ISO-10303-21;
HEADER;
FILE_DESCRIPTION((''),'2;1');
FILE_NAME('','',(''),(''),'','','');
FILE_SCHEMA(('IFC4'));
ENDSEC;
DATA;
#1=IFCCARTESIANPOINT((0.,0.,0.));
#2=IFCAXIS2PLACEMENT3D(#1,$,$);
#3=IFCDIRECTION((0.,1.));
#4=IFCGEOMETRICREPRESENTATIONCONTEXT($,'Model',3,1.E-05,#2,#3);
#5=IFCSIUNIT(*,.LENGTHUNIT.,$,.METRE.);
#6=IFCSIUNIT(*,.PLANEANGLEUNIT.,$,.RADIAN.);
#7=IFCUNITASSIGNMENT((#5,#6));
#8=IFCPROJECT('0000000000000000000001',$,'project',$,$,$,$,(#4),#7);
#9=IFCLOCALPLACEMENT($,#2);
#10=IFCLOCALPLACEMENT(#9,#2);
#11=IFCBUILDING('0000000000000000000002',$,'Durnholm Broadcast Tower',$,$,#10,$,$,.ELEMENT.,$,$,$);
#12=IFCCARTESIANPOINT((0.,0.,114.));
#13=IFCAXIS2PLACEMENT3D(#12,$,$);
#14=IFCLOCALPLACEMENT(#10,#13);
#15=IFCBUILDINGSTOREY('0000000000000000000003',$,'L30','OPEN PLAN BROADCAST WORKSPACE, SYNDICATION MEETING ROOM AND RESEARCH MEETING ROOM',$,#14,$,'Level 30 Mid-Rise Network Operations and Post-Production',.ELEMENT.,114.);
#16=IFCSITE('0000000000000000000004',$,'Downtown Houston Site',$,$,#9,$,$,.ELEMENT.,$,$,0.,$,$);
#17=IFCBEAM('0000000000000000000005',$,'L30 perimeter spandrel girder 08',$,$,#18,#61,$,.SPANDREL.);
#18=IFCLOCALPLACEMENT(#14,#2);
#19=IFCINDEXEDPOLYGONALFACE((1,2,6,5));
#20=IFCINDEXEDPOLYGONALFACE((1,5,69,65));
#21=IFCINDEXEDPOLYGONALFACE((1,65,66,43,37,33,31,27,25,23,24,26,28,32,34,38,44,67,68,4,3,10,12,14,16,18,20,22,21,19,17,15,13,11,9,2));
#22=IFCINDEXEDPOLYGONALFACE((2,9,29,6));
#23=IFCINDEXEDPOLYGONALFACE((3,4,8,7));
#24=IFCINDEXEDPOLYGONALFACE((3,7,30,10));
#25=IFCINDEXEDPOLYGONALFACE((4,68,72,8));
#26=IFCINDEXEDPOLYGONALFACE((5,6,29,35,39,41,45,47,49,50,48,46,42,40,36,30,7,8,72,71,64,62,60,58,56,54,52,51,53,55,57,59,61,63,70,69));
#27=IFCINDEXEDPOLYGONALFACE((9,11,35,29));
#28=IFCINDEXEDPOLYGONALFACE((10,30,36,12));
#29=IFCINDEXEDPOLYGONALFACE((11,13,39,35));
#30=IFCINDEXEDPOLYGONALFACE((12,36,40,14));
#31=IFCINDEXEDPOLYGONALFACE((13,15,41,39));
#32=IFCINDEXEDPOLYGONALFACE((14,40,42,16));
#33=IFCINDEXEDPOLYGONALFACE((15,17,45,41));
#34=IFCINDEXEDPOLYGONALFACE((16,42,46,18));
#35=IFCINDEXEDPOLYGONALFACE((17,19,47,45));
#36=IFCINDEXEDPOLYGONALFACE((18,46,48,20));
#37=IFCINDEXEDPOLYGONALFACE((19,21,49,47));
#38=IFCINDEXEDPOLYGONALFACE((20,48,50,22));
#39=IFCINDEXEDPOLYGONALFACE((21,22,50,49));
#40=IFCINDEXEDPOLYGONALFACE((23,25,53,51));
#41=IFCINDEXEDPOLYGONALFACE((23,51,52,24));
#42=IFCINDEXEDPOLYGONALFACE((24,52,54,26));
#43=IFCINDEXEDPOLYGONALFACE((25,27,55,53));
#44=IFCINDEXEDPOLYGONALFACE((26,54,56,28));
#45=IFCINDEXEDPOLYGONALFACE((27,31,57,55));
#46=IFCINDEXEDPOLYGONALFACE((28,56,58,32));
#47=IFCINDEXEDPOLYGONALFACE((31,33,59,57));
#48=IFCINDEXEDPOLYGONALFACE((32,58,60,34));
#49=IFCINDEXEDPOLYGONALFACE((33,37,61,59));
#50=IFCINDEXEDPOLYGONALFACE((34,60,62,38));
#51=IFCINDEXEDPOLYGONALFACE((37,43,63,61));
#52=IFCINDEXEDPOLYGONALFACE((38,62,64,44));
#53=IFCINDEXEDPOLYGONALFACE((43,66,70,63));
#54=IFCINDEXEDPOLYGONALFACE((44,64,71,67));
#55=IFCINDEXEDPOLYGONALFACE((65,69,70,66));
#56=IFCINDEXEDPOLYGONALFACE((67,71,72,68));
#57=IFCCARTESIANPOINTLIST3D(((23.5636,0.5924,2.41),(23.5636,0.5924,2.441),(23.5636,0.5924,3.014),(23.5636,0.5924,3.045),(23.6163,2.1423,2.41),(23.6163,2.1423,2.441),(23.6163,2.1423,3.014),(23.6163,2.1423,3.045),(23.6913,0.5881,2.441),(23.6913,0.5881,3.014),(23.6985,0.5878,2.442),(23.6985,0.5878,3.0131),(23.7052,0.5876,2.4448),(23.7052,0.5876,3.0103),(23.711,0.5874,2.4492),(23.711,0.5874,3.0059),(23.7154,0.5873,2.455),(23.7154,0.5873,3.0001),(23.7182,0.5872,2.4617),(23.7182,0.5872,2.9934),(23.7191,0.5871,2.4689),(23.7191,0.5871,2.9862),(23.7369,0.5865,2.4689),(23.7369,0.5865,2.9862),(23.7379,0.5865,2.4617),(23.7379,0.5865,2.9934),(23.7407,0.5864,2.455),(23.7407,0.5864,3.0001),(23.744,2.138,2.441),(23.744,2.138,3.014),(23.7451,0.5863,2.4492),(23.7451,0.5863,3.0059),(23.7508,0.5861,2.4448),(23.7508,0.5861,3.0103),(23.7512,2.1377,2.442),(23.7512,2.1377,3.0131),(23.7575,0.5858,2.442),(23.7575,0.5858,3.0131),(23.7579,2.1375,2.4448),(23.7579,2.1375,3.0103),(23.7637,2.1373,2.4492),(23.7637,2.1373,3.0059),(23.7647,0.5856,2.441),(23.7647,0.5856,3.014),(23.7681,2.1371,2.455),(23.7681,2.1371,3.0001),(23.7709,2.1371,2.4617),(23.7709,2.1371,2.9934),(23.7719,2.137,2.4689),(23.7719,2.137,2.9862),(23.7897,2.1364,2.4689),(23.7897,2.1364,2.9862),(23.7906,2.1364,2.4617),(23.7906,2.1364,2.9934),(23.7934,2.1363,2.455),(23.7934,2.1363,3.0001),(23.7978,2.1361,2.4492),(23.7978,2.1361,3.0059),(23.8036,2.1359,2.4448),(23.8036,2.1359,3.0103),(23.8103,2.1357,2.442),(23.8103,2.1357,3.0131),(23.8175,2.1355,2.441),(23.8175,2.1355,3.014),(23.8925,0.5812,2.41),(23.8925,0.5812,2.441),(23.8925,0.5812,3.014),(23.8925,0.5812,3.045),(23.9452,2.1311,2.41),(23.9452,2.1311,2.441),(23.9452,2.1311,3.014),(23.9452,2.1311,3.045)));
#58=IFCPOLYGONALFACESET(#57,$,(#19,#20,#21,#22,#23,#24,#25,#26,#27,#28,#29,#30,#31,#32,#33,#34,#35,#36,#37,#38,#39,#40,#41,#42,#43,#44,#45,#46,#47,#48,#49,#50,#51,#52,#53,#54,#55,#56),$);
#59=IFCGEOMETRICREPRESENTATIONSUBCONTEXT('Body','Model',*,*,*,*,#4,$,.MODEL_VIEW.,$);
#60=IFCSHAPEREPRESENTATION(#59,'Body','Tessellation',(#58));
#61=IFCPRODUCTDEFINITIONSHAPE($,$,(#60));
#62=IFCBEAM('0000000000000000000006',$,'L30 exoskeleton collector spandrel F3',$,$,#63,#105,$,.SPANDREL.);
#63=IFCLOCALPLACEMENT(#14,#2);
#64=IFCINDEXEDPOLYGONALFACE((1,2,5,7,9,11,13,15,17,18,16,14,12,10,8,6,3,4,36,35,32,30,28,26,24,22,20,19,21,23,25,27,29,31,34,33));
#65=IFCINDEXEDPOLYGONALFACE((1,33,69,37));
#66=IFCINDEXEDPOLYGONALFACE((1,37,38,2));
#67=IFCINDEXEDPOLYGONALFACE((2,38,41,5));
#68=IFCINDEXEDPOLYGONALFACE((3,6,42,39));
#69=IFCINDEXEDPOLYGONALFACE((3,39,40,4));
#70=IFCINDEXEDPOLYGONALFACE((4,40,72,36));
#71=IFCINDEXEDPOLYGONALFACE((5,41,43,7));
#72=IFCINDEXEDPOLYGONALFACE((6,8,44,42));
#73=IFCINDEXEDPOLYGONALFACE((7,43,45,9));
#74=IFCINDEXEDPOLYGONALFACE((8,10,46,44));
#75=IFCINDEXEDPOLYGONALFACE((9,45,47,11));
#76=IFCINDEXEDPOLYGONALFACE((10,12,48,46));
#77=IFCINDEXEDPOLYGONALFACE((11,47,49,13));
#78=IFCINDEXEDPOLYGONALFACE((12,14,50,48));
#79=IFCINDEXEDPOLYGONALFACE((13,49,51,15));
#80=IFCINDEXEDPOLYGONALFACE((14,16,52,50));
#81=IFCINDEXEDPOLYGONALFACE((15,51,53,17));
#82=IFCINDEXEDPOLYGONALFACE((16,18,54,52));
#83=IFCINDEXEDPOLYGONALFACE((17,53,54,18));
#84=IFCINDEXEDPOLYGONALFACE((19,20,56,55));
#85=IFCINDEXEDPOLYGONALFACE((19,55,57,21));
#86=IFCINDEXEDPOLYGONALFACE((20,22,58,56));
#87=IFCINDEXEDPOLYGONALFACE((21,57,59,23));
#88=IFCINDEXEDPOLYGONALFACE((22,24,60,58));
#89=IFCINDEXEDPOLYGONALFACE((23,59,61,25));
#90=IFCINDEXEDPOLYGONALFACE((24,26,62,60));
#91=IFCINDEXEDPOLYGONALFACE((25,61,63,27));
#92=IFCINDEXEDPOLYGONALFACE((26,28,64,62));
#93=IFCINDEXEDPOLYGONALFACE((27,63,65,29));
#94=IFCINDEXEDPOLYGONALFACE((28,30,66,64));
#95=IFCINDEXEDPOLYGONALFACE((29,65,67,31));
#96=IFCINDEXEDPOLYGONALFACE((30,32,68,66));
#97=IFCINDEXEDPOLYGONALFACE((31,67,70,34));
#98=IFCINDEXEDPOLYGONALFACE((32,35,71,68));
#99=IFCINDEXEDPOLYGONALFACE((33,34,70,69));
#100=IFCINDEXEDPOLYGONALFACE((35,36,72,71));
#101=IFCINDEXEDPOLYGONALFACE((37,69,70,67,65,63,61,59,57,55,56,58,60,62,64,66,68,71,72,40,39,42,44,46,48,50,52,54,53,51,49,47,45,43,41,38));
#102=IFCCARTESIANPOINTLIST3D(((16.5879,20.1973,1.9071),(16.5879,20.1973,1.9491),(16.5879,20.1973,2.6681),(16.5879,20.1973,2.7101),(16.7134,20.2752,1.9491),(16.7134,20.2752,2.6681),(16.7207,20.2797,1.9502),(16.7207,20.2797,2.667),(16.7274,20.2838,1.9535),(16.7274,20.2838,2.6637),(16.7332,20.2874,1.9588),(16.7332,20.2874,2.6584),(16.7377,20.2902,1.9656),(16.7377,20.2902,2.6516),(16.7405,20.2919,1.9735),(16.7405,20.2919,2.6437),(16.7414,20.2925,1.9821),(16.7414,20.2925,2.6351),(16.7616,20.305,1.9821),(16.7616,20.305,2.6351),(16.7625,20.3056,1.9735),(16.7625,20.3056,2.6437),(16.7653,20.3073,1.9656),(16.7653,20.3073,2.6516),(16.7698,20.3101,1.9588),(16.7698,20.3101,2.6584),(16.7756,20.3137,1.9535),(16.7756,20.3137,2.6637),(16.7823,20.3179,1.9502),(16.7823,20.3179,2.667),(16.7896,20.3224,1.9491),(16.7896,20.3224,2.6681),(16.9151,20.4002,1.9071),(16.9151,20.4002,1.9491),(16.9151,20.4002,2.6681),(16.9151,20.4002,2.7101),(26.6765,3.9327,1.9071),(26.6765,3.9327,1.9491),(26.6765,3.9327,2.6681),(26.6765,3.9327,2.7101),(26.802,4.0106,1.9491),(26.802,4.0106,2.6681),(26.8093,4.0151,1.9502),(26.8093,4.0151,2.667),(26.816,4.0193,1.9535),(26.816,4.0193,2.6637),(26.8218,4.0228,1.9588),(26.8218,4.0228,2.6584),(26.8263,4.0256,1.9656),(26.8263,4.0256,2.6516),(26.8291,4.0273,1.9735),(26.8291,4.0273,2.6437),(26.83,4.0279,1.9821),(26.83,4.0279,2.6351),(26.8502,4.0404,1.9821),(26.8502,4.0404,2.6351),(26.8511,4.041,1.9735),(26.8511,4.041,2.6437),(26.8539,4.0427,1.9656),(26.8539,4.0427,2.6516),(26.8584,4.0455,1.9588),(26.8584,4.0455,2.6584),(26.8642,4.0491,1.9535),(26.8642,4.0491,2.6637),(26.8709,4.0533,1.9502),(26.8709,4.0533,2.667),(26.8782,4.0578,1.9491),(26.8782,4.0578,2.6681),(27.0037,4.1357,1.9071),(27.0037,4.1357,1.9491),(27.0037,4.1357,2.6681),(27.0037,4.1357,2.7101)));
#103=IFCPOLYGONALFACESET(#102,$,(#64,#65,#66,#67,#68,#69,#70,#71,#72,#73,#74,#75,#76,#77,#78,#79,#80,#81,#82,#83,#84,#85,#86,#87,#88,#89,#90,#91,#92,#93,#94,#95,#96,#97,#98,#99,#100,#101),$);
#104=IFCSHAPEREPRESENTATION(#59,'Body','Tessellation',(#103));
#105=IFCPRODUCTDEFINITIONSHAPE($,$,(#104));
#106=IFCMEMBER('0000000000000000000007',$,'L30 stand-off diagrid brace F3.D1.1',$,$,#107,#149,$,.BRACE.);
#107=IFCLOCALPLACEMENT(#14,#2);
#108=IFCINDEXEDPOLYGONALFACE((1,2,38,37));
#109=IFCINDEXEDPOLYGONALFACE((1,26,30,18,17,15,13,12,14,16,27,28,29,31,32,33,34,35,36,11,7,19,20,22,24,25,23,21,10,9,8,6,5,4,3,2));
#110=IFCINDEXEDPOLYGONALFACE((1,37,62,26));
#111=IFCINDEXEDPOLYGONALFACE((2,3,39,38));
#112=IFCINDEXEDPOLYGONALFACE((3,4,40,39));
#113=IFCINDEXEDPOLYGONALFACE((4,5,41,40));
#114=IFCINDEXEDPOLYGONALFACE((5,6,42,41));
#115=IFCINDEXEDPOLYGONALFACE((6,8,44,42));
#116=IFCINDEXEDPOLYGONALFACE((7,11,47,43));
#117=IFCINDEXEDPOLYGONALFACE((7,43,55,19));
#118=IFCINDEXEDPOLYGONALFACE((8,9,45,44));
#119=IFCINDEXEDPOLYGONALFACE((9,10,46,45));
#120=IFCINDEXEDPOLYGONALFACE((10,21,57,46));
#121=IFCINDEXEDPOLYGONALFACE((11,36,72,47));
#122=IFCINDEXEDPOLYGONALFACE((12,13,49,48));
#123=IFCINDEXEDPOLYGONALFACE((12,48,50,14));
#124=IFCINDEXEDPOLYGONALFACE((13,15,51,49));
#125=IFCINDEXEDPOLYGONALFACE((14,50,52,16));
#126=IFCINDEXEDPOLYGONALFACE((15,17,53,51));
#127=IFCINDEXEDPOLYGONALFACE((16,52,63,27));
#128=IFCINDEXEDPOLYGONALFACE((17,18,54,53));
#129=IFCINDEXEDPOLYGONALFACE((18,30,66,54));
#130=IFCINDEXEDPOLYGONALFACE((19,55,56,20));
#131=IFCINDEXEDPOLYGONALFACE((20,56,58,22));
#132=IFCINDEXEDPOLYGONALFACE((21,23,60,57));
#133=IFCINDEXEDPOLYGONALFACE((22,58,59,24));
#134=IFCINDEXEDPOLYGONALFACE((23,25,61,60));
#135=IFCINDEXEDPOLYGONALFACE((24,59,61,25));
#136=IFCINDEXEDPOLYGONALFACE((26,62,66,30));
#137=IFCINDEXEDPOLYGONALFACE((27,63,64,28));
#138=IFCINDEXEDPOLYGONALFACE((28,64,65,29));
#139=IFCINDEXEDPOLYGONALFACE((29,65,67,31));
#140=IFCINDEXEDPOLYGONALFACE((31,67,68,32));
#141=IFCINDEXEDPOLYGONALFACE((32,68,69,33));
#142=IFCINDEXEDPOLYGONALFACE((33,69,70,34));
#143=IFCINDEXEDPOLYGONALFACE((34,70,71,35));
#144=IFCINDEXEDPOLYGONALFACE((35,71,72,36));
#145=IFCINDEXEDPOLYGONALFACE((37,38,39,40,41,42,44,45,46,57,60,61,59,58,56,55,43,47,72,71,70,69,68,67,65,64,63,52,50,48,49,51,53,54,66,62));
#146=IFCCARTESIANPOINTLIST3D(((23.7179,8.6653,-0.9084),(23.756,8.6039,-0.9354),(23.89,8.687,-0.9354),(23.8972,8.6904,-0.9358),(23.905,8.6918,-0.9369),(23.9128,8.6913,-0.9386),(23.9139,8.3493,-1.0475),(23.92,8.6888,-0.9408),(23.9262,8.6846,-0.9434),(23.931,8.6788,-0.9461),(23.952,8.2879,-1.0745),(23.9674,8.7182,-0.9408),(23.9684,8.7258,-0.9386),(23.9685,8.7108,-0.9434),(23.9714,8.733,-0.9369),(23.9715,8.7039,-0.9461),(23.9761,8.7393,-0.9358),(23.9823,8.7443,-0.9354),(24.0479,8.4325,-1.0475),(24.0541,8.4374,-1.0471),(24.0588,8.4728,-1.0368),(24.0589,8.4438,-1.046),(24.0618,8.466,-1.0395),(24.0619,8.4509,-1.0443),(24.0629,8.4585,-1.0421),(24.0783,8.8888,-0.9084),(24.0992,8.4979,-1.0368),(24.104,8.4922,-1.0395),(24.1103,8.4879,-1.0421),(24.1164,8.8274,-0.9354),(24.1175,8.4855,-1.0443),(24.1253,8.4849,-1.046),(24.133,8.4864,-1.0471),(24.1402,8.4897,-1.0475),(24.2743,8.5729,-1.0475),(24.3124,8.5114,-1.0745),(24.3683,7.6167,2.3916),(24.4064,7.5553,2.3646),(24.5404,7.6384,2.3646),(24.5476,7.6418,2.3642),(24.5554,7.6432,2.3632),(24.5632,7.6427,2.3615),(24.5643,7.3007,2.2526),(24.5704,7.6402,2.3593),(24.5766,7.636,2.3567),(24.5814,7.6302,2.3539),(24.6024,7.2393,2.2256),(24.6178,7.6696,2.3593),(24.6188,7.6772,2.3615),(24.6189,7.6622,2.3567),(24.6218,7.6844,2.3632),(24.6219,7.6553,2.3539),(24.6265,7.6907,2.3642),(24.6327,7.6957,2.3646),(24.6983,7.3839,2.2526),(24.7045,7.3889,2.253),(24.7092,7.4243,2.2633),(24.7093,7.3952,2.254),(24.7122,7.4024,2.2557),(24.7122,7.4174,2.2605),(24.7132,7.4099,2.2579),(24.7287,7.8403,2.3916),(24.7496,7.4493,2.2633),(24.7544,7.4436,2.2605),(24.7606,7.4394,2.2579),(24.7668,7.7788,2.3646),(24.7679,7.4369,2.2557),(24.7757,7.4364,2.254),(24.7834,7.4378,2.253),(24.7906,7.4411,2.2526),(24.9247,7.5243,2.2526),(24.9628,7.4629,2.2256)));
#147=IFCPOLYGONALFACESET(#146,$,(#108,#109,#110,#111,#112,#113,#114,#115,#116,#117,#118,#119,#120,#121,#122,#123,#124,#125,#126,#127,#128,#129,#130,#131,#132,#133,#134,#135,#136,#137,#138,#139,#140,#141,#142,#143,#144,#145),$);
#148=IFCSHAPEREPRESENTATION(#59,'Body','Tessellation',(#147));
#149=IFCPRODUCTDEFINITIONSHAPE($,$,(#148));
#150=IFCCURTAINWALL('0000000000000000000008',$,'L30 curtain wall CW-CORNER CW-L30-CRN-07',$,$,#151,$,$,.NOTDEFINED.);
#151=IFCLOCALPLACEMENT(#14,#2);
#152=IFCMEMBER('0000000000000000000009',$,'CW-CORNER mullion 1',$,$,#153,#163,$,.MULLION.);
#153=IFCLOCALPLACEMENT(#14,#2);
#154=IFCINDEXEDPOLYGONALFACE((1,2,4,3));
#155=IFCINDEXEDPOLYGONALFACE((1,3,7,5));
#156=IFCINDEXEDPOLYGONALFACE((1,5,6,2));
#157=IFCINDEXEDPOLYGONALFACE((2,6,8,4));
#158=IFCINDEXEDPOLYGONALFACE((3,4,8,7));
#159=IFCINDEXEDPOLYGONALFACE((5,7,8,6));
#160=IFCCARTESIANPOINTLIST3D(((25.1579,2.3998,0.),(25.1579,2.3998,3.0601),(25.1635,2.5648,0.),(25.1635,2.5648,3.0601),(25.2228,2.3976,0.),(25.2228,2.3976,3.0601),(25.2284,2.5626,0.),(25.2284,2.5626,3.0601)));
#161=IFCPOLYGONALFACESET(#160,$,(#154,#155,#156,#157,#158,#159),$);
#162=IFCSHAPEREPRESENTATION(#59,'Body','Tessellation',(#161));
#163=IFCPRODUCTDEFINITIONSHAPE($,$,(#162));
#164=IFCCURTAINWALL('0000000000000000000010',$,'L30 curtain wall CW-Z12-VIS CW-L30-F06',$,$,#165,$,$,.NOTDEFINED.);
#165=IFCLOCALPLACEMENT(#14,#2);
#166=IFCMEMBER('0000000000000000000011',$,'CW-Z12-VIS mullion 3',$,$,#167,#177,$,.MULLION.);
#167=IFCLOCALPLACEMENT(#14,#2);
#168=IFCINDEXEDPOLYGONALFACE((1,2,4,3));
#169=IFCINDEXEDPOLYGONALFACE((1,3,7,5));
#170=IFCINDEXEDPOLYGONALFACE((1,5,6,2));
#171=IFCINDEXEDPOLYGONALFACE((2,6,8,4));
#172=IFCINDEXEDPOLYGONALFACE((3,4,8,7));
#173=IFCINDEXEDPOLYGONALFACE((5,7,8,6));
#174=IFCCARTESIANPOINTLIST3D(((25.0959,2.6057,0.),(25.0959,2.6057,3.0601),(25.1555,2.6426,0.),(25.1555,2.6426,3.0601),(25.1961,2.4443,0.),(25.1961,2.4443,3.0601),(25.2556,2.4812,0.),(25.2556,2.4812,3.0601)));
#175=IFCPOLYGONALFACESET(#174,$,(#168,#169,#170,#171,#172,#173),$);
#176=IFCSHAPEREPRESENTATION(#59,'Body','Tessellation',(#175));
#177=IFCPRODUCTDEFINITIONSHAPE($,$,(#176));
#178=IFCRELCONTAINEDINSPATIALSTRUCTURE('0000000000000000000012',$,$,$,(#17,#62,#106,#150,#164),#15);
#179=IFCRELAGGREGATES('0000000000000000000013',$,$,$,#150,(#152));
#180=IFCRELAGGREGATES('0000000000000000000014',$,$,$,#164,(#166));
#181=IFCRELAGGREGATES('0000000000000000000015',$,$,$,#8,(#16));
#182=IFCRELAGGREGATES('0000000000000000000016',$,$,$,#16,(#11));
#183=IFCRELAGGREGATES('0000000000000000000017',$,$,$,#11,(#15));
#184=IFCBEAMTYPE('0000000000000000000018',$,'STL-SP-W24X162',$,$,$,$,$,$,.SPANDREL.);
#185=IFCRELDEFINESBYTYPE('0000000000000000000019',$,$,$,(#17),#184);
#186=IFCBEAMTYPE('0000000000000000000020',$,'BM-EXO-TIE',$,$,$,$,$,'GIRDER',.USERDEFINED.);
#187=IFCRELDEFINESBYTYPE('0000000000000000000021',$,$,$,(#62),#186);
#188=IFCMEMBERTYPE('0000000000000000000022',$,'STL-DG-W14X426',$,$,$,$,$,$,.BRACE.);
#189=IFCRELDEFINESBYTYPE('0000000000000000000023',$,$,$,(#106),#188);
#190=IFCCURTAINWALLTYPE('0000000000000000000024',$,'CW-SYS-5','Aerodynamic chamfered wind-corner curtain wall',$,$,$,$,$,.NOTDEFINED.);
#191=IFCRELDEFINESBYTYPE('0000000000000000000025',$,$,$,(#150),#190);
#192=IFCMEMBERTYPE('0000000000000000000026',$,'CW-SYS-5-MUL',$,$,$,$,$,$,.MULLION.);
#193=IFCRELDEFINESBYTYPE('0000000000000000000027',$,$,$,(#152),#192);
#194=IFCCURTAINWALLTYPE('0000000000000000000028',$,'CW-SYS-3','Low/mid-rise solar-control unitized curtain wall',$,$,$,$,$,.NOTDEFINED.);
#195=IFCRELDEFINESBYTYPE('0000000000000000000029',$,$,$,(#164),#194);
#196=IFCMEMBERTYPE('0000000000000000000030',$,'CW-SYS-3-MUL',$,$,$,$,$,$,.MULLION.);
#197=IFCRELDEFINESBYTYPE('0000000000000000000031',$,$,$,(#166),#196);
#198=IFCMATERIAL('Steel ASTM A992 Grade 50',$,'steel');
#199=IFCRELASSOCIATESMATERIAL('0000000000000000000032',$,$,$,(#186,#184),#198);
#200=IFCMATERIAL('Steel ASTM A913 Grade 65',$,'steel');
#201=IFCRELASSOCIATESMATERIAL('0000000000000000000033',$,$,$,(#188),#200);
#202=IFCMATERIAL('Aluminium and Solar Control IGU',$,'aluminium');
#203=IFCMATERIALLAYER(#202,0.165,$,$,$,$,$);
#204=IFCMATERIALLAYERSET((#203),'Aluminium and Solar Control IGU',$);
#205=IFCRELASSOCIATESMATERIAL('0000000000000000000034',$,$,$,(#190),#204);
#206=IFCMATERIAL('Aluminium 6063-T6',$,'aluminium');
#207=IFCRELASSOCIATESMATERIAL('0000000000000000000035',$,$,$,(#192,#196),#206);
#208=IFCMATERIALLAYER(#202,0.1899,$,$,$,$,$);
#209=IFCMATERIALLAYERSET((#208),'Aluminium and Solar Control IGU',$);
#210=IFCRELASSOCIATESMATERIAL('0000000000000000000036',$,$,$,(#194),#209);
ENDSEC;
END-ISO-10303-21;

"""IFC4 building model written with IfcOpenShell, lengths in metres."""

from ifc_helpers import new_model, si_unit, direction, frame, origin, origin_2d, place, context, subcontext, project, spatial, rectangle, i_section, extrude, source, transform, mapped, material, layer, layer_set, material_profile, profile_set, type_object, type_shapes, element, aggregate, save


model = new_model("IFC4")

# Units and contexts
model_context = context("Model", 3, precision=1e-05, world=origin(), true_north=direction((0.0, 1.0)))
body_context = subcontext(model_context, "Body", "Model", "MODEL_VIEW")
ifc_project = project(units=[si_unit("LENGTHUNIT", "METRE"), si_unit("PLANEANGLEUNIT", "RADIAN")], contexts=[model_context])

# Site, building, storey
site_placement = place(None, origin())
site = spatial("IfcSite", under=ifc_project, at=site_placement, Name="Downtown Houston Site", CompositionType="ELEMENT", RefElevation=0.0)
building_placement = place(site_placement, origin())
building = spatial("IfcBuilding", under=site, at=building_placement, Name="Durnholm Broadcast Tower", CompositionType="ELEMENT")
storey_placement = place(building_placement, frame((0.0, 0.0, 114.0)))
storey = spatial("IfcBuildingStorey", under=building, at=storey_placement, Name="L30", Description="OPEN PLAN BROADCAST WORKSPACE, SYNDICATION MEETING ROOM AND RESEARCH MEETING ROOM", LongName="Level 30 Mid-Rise Network Operations and Post-Production", CompositionType="ELEMENT", Elevation=114.0)

# Beams
ifc_material_1 = material(Name="Steel ASTM A992 Grade 50", Category="steel")
ifc_material_profile_1 = material_profile(ifc_material_1, i_section(OverallWidth=0.385, OverallDepth=0.803, WebThickness=0.0237, FlangeThickness=0.042, FilletRadius=0.033, at=origin_2d()), Name="W30X261")
ifc_profile_set_1 = profile_set([ifc_material_profile_1], Name="Steel ASTM A992 Grade 50")
beam_type_1 = type_object("IfcBeamType", Name="BM-EXO-TIE", ElementType="GIRDER", PredefinedType="USERDEFINED", material=ifc_profile_set_1)
ifc_material_profile_2 = material_profile(ifc_material_1, i_section(OverallWidth=0.3291, OverallDepth=0.635, WebThickness=0.0178, FlangeThickness=0.031, FilletRadius=0.0278, at=origin_2d()), Name="W24X162")
ifc_profile_set_2 = profile_set([ifc_material_profile_2], Name="Steel ASTM A992 Grade 50")
beam_type_2 = type_object("IfcBeamType", Name="STL-SP-W24X162", PredefinedType="SPANDREL", material=ifc_profile_set_2)
shared_shape_1 = source(origin(), body_context, "Body", "SweptSolid", [
    extrude(i_section(OverallWidth=0.3291, OverallDepth=0.635, WebThickness=0.0178, FlangeThickness=0.031, FilletRadius=0.0278, at=origin_2d()), origin(), (0.0, 0.0, 1.0), 1.5508),
])
beam_1_placement = place(storey_placement, frame((23.7808, 2.1367, 2.7275), z_axis=(-0.034007, -0.999422, 0.0), x_axis=(0.999422, -0.034007, 0.0)))
element("IfcBeam", 1, at=beam_1_placement, inside=storey, type_object=beam_type_2, Name="L30 perimeter spandrel girder 08", PredefinedType="SPANDREL", context=body_context, shape_type="MappedRepresentation", body=[
    mapped(shared_shape_1, transform((0.0, 0.0, 0.0), x_axis=(1.0, 0.0, 0.0), y_axis=(0.0, 1.0, 0.0), z_axis=(0.0, 0.0, 1.0), scale=1.0)),
])
shared_shape_2 = source(origin(), body_context, "Body", "SweptSolid", [
    extrude(i_section(OverallWidth=0.385, OverallDepth=0.803, WebThickness=0.0237, FlangeThickness=0.042, FilletRadius=0.033, at=origin_2d()), origin(), (0.0, 0.0, 1.0), 19.1394),
])
beam_2_placement = place(storey_placement, frame((26.8401, 4.0342, 2.3086), z_axis=(-0.527111, 0.849796, 0.0), x_axis=(-0.849796, -0.527111, 0.0)))
element("IfcBeam", 2, at=beam_2_placement, inside=storey, type_object=beam_type_1, Name="L30 exoskeleton collector spandrel F3", PredefinedType="SPANDREL", context=body_context, shape_type="MappedRepresentation", body=[
    mapped(shared_shape_2, transform((0.0, 0.0, 0.0), x_axis=(1.0, 0.0, 0.0), y_axis=(0.0, 1.0, 0.0), z_axis=(0.0, 0.0, 1.0), scale=1.0)),
])

# Member
ifc_material_2 = material(Name="Steel ASTM A913 Grade 65", Category="steel")
ifc_material_profile_3 = material_profile(ifc_material_2, i_section(OverallWidth=0.4241, OverallDepth=0.4741, WebThickness=0.0476, FlangeThickness=0.0771, FilletRadius=0.0305, at=origin_2d()), Name="W14X426")
ifc_profile_set_3 = profile_set([ifc_material_profile_3], Name="Steel ASTM A913 Grade 65")
member_type_1 = type_object("IfcMemberType", Name="STL-DG-W14X426", PredefinedType="BRACE", material=ifc_profile_set_3)
shared_shape_3 = source(origin(), body_context, "Body", "SweptSolid", [
    extrude(i_section(OverallWidth=0.4241, OverallDepth=0.4741, WebThickness=0.0476, FlangeThickness=0.0771, FilletRadius=0.0305, at=origin_2d()), origin(), (0.0, 0.0, 1.0), 3.5232),
])
type_shapes(member_type_1, [shared_shape_3])
member_1_placement = place(storey_placement, frame((24.0151, 8.5884, -0.9915), z_axis=(0.184603, -0.297624, 0.936665), x_axis=(0.849805, 0.527097, 0.0)))
element("IfcMember", 3, at=member_1_placement, inside=storey, type_object=member_type_1, Name="L30 stand-off diagrid brace F3.D1.1", PredefinedType="BRACE", context=body_context, shape_type="MappedRepresentation", body=[
    mapped(shared_shape_3, transform((0.0, 0.0, 0.0), x_axis=(1.0, 0.0, 0.0), y_axis=(0.0, 1.0, 0.0), z_axis=(0.0, 0.0, 1.0), scale=1.0)),
])

# Curtain walls, members
ifc_material_3 = material(Name="Aluminium and Solar Control IGU", Category="aluminium")
ifc_layer_1 = layer(ifc_material_3, 0.165)
ifc_layer_set_1 = layer_set([ifc_layer_1], Name="Aluminium and Solar Control IGU")
curtain_wall_type_1 = type_object("IfcCurtainWallType", Name="CW-SYS-5", Description="Aerodynamic chamfered wind-corner curtain wall", PredefinedType="NOTDEFINED", material=ifc_layer_set_1)
curtain_wall_1_placement = place(storey_placement, origin())
curtain_wall_1 = element("IfcCurtainWall", 4, at=curtain_wall_1_placement, inside=storey, type_object=curtain_wall_type_1, Name="L30 curtain wall CW-CORNER CW-L30-CRN-07", PredefinedType="NOTDEFINED")
ifc_material_4 = material(Name="Aluminium 6063-T6", Category="aluminium")
ifc_material_profile_4 = material_profile(ifc_material_4, rectangle(XDim=0.0649, YDim=0.165, at=origin_2d()), Name="CWM65X165")
ifc_profile_set_4 = profile_set([ifc_material_profile_4], Name="Aluminium 6063-T6")
member_type_2 = type_object("IfcMemberType", Name="CW-SYS-5-MUL", PredefinedType="MULLION", material=ifc_profile_set_4)
shared_shape_4 = source(origin(), body_context, "Body", "SweptSolid", [
    extrude(rectangle(XDim=0.0649, YDim=0.165, at=origin_2d()), origin(), (0.0, 0.0, 1.0), 3.0601),
])
type_shapes(member_type_2, [shared_shape_4])
member_2_placement = place(storey_placement, frame((25.1931, 2.4812, 0.0), z_axis=(0.0, 0.0, 1.0), x_axis=(0.999425, -0.033917, 0.0)))
member_2 = element("IfcMember", 5, at=member_2_placement, type_object=member_type_2, Name="CW-CORNER mullion 1", PredefinedType="MULLION", context=body_context, shape_type="MappedRepresentation", body=[
    mapped(shared_shape_4, transform((0.0, 0.0, 0.0), x_axis=(1.0, 0.0, 0.0), y_axis=(0.0, 1.0, 0.0), z_axis=(0.0, 0.0, 1.0), scale=1.0)),
])
ifc_layer_2 = layer(ifc_material_3, 0.1899)
ifc_layer_set_2 = layer_set([ifc_layer_2], Name="Aluminium and Solar Control IGU")
curtain_wall_type_2 = type_object("IfcCurtainWallType", Name="CW-SYS-3", Description="Low/mid-rise solar-control unitized curtain wall", PredefinedType="NOTDEFINED", material=ifc_layer_set_2)
curtain_wall_2_placement = place(storey_placement, origin())
curtain_wall_2 = element("IfcCurtainWall", 6, at=curtain_wall_2_placement, inside=storey, type_object=curtain_wall_type_2, Name="L30 curtain wall CW-Z12-VIS CW-L30-F06", PredefinedType="NOTDEFINED")
ifc_material_profile_5 = material_profile(ifc_material_4, rectangle(XDim=0.0701, YDim=0.1899, at=origin_2d()), Name="CWM70X190")
ifc_profile_set_5 = profile_set([ifc_material_profile_5], Name="Aluminium 6063-T6")
member_type_3 = type_object("IfcMemberType", Name="CW-SYS-3-MUL", PredefinedType="MULLION", material=ifc_profile_set_5)
shared_shape_5 = source(origin(), body_context, "Body", "SweptSolid", [
    extrude(rectangle(XDim=0.0701, YDim=0.1899, at=origin_2d()), origin(), (0.0, 0.0, 1.0), 3.0601),
])
type_shapes(member_type_3, [shared_shape_5])
member_3_placement = place(storey_placement, frame((25.1758, 2.5435, 0.0), z_axis=(0.0, 0.0, 1.0), x_axis=(0.8498, 0.527105, 0.0)))
member_3 = element("IfcMember", 7, at=member_3_placement, type_object=member_type_3, Name="CW-Z12-VIS mullion 3", PredefinedType="MULLION", context=body_context, shape_type="MappedRepresentation", body=[
    mapped(shared_shape_5, transform((0.0, 0.0, 0.0), x_axis=(1.0, 0.0, 0.0), y_axis=(0.0, 1.0, 0.0), z_axis=(0.0, 0.0, 1.0), scale=1.0)),
])

aggregate(curtain_wall_1, [member_2])
aggregate(curtain_wall_2, [member_3])

save(model, "model.ifc")
